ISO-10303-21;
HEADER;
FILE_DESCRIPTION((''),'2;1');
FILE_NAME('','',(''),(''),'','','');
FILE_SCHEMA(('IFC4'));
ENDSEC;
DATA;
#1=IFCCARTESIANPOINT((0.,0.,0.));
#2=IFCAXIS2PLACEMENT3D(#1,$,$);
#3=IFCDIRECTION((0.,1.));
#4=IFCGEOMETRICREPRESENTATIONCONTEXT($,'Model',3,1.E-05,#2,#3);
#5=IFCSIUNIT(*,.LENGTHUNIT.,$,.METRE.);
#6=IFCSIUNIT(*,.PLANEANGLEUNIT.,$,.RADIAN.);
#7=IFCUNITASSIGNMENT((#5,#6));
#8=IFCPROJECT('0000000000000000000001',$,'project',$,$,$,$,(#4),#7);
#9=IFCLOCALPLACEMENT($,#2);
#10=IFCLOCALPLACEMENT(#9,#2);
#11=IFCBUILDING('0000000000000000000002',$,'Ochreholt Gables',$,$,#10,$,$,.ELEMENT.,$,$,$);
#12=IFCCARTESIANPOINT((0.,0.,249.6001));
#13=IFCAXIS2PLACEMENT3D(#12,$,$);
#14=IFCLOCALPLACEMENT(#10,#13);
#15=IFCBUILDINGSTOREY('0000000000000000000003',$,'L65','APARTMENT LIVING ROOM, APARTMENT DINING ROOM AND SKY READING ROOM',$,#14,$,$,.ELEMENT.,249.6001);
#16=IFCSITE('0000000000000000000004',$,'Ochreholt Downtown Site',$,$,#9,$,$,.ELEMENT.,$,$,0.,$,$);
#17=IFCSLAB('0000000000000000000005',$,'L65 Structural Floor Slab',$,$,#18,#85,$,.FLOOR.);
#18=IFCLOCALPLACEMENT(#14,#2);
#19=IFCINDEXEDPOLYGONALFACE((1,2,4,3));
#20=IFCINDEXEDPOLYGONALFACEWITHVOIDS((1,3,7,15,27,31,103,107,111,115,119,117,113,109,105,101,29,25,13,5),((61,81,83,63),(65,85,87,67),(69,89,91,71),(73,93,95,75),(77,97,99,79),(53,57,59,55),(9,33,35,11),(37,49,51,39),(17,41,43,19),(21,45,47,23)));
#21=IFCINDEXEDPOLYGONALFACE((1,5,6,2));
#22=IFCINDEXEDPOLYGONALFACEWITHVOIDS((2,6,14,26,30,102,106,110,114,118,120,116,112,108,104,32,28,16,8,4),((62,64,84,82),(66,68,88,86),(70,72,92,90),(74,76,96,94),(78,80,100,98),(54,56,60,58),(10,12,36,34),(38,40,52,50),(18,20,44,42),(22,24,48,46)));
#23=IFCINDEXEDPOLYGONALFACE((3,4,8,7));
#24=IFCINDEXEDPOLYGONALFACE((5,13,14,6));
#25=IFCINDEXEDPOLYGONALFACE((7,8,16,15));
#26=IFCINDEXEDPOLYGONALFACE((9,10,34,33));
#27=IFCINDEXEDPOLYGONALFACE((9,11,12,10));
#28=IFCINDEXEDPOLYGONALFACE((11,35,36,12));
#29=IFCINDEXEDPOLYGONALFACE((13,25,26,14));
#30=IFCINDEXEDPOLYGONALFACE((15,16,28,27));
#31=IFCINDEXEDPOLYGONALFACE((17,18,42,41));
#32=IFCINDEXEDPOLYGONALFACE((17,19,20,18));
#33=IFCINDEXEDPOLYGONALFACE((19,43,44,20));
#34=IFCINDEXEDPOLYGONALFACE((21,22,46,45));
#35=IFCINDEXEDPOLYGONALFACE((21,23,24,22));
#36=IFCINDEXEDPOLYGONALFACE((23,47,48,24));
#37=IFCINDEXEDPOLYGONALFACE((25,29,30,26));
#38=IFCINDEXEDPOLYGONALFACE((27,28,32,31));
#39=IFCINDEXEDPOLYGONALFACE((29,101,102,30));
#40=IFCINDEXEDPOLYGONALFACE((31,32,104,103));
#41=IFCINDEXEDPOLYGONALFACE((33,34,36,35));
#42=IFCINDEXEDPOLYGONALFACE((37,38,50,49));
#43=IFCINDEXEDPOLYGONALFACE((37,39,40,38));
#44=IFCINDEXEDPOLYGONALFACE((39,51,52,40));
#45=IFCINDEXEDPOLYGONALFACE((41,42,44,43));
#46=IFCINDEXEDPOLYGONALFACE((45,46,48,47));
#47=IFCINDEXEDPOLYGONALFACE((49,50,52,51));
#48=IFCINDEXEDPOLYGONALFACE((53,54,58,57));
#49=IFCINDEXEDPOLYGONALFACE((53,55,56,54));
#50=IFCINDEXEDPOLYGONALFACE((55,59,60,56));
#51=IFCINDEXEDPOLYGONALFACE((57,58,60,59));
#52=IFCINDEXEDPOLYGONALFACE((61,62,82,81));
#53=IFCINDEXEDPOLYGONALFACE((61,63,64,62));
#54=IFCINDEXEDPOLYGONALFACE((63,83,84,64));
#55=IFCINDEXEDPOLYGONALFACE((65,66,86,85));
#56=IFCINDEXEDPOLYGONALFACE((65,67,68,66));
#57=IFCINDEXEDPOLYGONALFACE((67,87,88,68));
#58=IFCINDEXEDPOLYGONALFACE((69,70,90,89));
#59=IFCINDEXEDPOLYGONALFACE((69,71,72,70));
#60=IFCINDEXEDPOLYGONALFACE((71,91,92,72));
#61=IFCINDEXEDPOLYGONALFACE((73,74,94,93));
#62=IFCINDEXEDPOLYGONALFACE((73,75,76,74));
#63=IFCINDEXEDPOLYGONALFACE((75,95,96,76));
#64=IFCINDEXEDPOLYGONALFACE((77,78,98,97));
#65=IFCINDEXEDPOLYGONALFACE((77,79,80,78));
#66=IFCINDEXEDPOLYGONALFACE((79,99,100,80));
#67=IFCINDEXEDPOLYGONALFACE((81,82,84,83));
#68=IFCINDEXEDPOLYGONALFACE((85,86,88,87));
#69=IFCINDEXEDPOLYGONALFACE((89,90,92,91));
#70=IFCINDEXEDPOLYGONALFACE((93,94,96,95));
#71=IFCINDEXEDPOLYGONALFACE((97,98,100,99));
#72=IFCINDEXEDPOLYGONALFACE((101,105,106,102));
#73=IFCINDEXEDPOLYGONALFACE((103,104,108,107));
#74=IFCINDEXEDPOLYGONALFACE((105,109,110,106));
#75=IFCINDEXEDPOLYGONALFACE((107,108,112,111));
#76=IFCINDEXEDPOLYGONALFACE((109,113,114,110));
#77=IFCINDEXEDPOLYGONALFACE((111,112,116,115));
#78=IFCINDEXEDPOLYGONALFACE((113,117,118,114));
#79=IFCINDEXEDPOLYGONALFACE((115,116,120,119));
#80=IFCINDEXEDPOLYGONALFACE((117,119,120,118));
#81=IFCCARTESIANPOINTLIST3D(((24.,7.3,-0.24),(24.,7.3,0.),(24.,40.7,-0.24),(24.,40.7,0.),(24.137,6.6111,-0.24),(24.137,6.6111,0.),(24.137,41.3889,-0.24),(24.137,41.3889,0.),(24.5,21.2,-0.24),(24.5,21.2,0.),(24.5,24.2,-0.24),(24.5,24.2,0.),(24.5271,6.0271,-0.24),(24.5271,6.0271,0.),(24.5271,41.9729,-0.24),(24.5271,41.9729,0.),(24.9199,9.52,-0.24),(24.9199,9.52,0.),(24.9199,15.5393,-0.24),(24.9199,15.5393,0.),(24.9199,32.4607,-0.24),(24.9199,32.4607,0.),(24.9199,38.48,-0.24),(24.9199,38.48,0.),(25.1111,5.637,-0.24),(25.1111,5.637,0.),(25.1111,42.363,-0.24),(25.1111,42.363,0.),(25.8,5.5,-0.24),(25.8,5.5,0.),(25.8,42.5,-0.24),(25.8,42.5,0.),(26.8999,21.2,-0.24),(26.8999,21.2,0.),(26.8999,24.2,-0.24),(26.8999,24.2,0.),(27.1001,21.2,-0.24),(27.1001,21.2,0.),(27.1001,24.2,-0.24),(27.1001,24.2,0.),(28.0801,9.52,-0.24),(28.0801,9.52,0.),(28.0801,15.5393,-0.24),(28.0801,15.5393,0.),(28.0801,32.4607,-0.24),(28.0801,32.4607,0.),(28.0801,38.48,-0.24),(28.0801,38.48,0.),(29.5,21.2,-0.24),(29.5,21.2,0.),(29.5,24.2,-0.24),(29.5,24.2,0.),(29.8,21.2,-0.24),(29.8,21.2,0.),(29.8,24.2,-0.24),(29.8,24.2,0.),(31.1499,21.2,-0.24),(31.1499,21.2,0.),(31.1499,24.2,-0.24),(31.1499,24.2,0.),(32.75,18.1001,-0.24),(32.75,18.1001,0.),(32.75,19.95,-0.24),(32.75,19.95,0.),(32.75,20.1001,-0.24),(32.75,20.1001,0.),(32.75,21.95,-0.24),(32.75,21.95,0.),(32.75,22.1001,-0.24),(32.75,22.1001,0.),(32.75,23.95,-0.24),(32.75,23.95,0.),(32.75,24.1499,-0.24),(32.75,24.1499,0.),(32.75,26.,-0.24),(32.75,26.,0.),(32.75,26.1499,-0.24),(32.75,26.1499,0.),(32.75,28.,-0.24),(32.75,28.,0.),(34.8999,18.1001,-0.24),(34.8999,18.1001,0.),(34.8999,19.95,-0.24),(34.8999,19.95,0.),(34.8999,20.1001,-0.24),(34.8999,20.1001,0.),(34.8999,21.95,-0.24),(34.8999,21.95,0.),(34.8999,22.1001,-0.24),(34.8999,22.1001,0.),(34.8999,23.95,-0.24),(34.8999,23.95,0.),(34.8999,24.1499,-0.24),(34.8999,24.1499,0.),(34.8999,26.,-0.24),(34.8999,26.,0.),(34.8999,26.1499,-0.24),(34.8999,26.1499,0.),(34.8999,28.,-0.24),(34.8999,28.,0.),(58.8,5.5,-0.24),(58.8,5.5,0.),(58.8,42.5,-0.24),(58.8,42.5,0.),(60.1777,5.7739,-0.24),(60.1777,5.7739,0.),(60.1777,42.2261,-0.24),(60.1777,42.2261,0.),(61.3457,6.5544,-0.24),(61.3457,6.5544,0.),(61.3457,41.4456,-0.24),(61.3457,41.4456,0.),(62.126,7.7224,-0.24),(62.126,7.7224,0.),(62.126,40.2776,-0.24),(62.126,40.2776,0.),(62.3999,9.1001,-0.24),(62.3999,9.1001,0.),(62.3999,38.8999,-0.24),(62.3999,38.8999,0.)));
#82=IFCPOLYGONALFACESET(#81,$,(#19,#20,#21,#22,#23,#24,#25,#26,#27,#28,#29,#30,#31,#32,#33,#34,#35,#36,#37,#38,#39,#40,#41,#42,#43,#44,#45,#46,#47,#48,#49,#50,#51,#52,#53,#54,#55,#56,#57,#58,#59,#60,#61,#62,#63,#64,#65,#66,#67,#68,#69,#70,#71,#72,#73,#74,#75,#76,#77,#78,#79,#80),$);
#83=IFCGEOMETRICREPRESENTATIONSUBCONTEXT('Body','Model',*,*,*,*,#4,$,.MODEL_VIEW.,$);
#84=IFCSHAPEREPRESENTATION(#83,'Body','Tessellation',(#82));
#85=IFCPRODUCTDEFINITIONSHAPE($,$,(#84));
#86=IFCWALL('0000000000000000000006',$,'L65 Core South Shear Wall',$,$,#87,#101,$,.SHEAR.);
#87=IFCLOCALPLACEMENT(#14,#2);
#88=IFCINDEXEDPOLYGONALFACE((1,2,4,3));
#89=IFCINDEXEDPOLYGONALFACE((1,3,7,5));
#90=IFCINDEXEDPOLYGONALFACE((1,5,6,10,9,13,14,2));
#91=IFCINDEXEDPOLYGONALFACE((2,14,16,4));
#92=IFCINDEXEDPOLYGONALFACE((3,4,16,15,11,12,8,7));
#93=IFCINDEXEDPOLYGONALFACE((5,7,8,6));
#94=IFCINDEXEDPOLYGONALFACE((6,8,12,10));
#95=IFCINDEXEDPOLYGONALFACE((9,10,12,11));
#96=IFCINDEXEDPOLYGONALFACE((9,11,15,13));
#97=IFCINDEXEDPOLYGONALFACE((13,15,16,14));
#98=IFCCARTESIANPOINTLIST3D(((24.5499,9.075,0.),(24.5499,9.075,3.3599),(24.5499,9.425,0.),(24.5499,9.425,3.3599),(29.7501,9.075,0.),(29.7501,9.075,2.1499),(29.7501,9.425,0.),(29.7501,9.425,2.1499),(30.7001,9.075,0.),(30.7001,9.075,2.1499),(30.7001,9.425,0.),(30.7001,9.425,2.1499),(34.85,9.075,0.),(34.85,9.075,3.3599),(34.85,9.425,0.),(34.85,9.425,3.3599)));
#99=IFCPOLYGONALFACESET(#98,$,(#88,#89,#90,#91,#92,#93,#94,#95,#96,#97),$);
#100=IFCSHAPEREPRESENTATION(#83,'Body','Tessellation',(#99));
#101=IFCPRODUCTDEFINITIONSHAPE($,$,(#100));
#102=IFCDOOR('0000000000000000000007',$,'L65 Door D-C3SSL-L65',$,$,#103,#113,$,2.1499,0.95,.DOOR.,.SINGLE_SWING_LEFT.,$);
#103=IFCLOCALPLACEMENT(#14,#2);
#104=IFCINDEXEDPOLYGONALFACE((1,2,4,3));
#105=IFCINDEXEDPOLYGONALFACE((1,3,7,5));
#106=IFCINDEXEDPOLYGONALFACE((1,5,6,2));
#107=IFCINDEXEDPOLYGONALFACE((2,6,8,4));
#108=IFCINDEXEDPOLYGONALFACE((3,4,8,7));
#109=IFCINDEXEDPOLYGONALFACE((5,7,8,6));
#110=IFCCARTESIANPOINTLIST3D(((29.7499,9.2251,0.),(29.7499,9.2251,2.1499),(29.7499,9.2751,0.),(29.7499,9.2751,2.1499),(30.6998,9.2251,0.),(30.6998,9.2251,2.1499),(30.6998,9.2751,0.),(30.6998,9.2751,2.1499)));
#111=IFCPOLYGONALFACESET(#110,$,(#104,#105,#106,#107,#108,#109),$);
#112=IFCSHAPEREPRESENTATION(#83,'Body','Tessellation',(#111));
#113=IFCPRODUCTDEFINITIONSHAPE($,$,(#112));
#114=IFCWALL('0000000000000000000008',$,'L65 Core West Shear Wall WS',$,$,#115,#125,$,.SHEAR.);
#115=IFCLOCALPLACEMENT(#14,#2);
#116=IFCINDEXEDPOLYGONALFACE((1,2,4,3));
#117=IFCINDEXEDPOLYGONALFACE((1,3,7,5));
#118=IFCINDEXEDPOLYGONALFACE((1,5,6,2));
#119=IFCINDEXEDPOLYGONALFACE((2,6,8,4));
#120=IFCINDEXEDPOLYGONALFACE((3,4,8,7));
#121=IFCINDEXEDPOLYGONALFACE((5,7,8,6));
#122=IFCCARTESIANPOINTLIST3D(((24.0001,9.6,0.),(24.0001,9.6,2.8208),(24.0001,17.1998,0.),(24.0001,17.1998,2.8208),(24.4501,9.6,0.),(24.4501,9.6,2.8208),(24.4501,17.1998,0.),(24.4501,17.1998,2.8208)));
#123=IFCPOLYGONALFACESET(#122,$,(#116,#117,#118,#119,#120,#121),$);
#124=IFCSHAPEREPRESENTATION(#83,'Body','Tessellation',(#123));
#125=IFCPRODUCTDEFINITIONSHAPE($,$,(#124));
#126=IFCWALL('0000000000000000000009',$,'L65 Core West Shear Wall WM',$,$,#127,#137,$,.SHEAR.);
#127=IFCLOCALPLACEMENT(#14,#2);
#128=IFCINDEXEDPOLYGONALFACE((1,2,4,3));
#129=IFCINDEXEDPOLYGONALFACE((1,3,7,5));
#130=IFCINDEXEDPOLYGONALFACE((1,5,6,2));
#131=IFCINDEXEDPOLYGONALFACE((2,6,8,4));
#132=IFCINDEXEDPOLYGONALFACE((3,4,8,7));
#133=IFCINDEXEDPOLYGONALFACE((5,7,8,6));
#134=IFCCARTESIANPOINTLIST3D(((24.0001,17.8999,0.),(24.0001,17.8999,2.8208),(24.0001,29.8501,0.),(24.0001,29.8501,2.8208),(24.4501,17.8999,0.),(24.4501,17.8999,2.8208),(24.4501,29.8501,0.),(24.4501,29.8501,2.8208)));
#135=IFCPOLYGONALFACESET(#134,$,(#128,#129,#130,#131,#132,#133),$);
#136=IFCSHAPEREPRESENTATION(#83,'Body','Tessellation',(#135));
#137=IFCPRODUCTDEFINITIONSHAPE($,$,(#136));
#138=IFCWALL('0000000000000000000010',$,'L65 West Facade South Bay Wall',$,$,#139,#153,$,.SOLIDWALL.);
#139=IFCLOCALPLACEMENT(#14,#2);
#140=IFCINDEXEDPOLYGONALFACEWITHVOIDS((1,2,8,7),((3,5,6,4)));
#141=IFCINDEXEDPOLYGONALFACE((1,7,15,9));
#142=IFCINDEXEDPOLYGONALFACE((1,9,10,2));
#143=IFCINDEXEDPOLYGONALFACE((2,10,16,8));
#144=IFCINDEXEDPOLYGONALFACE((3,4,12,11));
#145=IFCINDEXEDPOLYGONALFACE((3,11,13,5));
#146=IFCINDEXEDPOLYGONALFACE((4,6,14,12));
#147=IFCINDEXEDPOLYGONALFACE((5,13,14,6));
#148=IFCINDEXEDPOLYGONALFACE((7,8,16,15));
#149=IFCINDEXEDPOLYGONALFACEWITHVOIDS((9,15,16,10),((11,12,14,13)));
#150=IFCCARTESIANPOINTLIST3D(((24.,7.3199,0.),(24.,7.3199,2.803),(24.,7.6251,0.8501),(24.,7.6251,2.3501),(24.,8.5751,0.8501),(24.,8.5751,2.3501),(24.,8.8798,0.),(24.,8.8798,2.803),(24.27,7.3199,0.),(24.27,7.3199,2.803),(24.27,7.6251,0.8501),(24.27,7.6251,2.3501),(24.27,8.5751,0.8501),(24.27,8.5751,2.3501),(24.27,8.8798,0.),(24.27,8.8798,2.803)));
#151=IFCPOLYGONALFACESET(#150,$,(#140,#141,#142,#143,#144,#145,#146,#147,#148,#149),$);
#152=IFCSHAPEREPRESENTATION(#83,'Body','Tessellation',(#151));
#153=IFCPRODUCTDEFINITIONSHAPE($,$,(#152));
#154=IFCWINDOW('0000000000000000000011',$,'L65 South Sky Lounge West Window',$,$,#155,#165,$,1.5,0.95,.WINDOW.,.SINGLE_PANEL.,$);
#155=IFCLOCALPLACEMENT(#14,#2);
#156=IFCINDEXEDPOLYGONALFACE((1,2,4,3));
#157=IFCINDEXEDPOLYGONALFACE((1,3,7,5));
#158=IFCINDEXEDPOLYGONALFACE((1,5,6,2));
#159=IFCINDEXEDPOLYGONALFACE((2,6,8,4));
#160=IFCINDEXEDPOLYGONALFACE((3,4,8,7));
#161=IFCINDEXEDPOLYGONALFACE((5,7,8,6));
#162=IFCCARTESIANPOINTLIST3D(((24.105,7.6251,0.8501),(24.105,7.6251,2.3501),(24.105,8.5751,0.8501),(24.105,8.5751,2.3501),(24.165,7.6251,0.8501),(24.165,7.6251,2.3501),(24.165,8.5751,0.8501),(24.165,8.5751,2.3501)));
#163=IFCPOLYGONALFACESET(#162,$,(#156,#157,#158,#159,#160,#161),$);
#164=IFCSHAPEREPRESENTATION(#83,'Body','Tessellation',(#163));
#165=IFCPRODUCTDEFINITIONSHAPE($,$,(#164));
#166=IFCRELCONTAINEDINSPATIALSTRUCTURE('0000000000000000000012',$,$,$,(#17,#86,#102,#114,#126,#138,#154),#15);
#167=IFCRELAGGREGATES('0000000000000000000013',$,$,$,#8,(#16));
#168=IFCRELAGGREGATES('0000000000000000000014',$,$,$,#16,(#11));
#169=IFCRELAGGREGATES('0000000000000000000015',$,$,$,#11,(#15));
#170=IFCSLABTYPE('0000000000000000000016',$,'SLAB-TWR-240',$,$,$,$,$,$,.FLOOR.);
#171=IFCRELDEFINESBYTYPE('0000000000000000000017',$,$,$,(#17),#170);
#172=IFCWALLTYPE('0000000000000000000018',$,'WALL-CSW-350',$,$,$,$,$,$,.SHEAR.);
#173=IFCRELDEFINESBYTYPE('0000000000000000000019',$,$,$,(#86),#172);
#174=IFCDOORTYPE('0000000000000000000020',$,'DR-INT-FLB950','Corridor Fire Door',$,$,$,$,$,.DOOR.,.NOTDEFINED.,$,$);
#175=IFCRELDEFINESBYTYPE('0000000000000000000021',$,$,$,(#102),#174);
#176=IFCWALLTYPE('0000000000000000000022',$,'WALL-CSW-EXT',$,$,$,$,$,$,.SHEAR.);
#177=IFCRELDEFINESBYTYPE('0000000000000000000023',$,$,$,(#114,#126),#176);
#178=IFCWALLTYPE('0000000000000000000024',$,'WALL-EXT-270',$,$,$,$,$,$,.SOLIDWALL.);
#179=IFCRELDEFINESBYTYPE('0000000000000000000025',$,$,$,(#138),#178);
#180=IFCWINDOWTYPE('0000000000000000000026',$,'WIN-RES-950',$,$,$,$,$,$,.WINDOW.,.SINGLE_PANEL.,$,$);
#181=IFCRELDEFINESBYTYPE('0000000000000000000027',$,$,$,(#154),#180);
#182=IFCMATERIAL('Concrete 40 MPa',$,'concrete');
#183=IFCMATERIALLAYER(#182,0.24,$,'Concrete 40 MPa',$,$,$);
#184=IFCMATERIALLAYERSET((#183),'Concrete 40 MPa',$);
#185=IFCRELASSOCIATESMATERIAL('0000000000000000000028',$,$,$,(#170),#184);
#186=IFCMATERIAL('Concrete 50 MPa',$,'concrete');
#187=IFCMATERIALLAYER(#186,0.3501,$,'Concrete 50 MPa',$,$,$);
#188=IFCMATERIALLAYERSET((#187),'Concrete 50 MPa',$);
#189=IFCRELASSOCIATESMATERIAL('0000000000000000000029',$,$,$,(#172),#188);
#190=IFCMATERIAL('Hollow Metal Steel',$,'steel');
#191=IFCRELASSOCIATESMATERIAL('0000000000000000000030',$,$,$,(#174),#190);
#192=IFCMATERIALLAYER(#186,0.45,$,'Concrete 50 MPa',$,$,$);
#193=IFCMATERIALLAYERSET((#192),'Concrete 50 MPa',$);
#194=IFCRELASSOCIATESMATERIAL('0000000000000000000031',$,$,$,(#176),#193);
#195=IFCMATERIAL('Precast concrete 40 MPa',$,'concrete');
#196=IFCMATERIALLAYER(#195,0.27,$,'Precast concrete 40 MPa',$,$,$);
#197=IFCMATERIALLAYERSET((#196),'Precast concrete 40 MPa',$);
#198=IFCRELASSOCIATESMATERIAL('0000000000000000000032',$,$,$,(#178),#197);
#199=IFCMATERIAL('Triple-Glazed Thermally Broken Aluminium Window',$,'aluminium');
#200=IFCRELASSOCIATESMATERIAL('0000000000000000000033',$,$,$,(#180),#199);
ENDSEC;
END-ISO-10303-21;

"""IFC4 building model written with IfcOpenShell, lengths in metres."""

from ifc_helpers import new_model, si_unit, direction, frame, frame_2d, origin, place, context, subcontext, project, spatial, polyline, rectangle, outline, extrude, material, layer, layer_set, type_object, element, fill, save


model = new_model("IFC4")

# Units and contexts
model_context = context("Model", 3, precision=1e-05, world=origin(), true_north=direction((0.0, 1.0)))
body_context = subcontext(model_context, "Body", "Model", "MODEL_VIEW")
ifc_project = project(units=[si_unit("LENGTHUNIT", "METRE"), si_unit("PLANEANGLEUNIT", "RADIAN")], contexts=[model_context])

# Site, building, storey
site_placement = place(None, origin())
site = spatial("IfcSite", under=ifc_project, at=site_placement, Name="Ochreholt Downtown Site", CompositionType="ELEMENT", RefElevation=0.0)
building_placement = place(site_placement, origin())
building = spatial("IfcBuilding", under=site, at=building_placement, Name="Ochreholt Gables", CompositionType="ELEMENT")
storey_placement = place(building_placement, frame((0.0, 0.0, 249.6001)))
storey = spatial("IfcBuildingStorey", under=building, at=storey_placement, Name="L65", Description="APARTMENT LIVING ROOM, APARTMENT DINING ROOM AND SKY READING ROOM", CompositionType="ELEMENT", Elevation=249.6001)

# Shared definitions
ifc_material_1 = material(Name="Concrete 50 MPa", Category="concrete")

# Shared definitions
ifc_material_2 = material(Name="Concrete 40 MPa", Category="concrete")

# Slab
ifc_layer_1 = layer(ifc_material_2, 0.24, Name="Concrete 40 MPa")
ifc_layer_set_1 = layer_set([ifc_layer_1], Name="Concrete 40 MPa")
slab_type_1 = type_object("IfcSlabType", Name="SLAB-TWR-240", PredefinedType="FLOOR", material=ifc_layer_set_1)
slab_1_placement = place(storey_placement, frame((0.0, 0.0, -0.24)))
element("IfcSlab", 1, at=slab_1_placement, inside=storey, type_object=slab_type_1, Name="L65 Structural Floor Slab", PredefinedType="FLOOR", context=body_context, shape_type="SweptSolid", body=[
    extrude(outline(polyline([(24.0, 7.3), (24.137, 6.6111), (24.5271, 6.0271), (25.1111, 5.637), (25.8, 5.5), (58.8, 5.5), (60.1777, 5.7739), (61.3457, 6.5544), (62.126, 7.7224), (62.3999, 9.1001), (62.3999, 38.8999), (62.126, 40.2776), (61.3457, 41.4456), (60.1777, 42.2261), (58.8, 42.5), (25.8, 42.5), (25.1111, 42.363), (24.5271, 41.9729), (24.137, 41.3889), (24.0, 40.7), (24.0, 7.3)]), holes=[polyline([(24.9199, 15.5393), (24.9199, 9.52), (28.0801, 9.52), (28.0801, 15.5393), (24.9199, 15.5393)]), polyline([(28.0801, 32.4607), (28.0801, 38.48), (24.9199, 38.48), (24.9199, 32.4607), (28.0801, 32.4607)]), polyline([(24.5, 21.2), (26.8999, 21.2), (26.8999, 24.2), (24.5, 24.2), (24.5, 21.2)]), polyline([(27.1001, 21.2), (29.5, 21.2), (29.5, 24.2), (27.1001, 24.2), (27.1001, 21.2)]), polyline([(32.75, 18.1001), (34.8999, 18.1001), (34.8999, 19.95), (32.75, 19.95), (32.75, 18.1001)]), polyline([(32.75, 20.1001), (34.8999, 20.1001), (34.8999, 21.95), (32.75, 21.95), (32.75, 20.1001)]), polyline([(32.75, 22.1001), (34.8999, 22.1001), (34.8999, 23.95), (32.75, 23.95), (32.75, 22.1001)]), polyline([(32.75, 24.1499), (34.8999, 24.1499), (34.8999, 26.0), (32.75, 26.0), (32.75, 24.1499)]), polyline([(32.75, 26.1499), (34.8999, 26.1499), (34.8999, 28.0), (32.75, 28.0), (32.75, 26.1499)]), polyline([(29.8, 21.2), (31.1499, 21.2), (31.1499, 24.2), (29.8, 24.2), (29.8, 21.2)])]), origin(), (0.0, 0.0, 1.0), 0.24),
])

# Wall, opening, door
ifc_layer_2 = layer(ifc_material_1, 0.3501, Name="Concrete 50 MPa")
ifc_layer_set_2 = layer_set([ifc_layer_2], Name="Concrete 50 MPa")
wall_type_1 = type_object("IfcWallType", Name="WALL-CSW-350", PredefinedType="SHEAR", material=ifc_layer_set_2)
wall_1_placement = place(storey_placement, frame((24.55, 9.25, 0.0), z_axis=(0.0, 0.0, 1.0), x_axis=(1.0, 0.0, 0.0)))
wall_1 = element("IfcWall", 2, at=wall_1_placement, inside=storey, type_object=wall_type_1, Name="L65 Core South Shear Wall", PredefinedType="SHEAR", context=body_context, shape_type="SweptSolid", body=[
    extrude(rectangle(XDim=10.3, YDim=0.3501, at=frame_2d((5.1499, 0.0))), origin(), (0.0, 0.0, 1.0), 3.3599),
])
opening_1_placement = place(wall_1_placement, frame((5.2, 0.0, 0.0)))
opening_1 = element("IfcOpeningElement", 3, at=opening_1_placement, cuts=wall_1, PredefinedType="OPENING", context=body_context, shape_type="SweptSolid", body=[
    extrude(rectangle(XDim=0.95, YDim=2.1499, at=frame_2d((0.4751, 1.075))), frame((0.0, 0.1851, 0.0), z_axis=(0.0, -1.0, 0.0), x_axis=(1.0, 0.0, 0.0)), (0.0, 0.0, 1.0), 0.3701),
])
ifc_material_3 = material(Name="Hollow Metal Steel", Category="steel")
door_type_1 = type_object("IfcDoorType", Name="DR-INT-FLB950", Description="Corridor Fire Door", OperationType="NOTDEFINED", PredefinedType="DOOR", material=ifc_material_3)
door_1_placement = place(opening_1_placement, frame((0.95, 0.0, 0.0), z_axis=(0.0, 0.0, 1.0), x_axis=(-1.0, 0.0, 0.0)))
door_1 = element("IfcDoor", 4, at=door_1_placement, inside=storey, type_object=door_type_1, Name="L65 Door D-C3SSL-L65", OperationType="SINGLE_SWING_LEFT", OverallHeight=2.1499, OverallWidth=0.95, PredefinedType="DOOR", context=body_context, shape_type="SweptSolid", body=[
    extrude(rectangle(XDim=0.95, YDim=2.1499, at=frame_2d((0.4751, 1.075))), frame((0.0, 0.0249, 0.0), z_axis=(0.0, -1.0, 0.0), x_axis=(1.0, 0.0, 0.0)), (0.0, 0.0, 1.0), 0.05),
])
fill(opening_1, door_1)

# Walls
ifc_layer_3 = layer(ifc_material_1, 0.45, Name="Concrete 50 MPa")
ifc_layer_set_3 = layer_set([ifc_layer_3], Name="Concrete 50 MPa")
wall_type_2 = type_object("IfcWallType", Name="WALL-CSW-EXT", PredefinedType="SHEAR", material=ifc_layer_set_3)
wall_2_placement = place(storey_placement, frame((24.2251, 9.6001, 0.0), z_axis=(0.0, 0.0, 1.0), x_axis=(0.0, 1.0, 0.0)))
element("IfcWall", 5, at=wall_2_placement, inside=storey, type_object=wall_type_2, Name="L65 Core West Shear Wall WS", PredefinedType="SHEAR", context=body_context, shape_type="SweptSolid", body=[
    extrude(rectangle(XDim=7.5999, YDim=0.45, at=frame_2d((3.7998, 0.0))), origin(), (0.0, 0.0, 1.0), 2.8208),
])
wall_3_placement = place(storey_placement, frame((24.2251, 17.8999, 0.0), z_axis=(0.0, 0.0, 1.0), x_axis=(0.0, 1.0, 0.0)))
element("IfcWall", 6, at=wall_3_placement, inside=storey, type_object=wall_type_2, Name="L65 Core West Shear Wall WM", PredefinedType="SHEAR", context=body_context, shape_type="SweptSolid", body=[
    extrude(rectangle(XDim=11.9502, YDim=0.45, at=frame_2d((5.9751, 0.0))), origin(), (0.0, 0.0, 1.0), 2.8208),
])

# Wall, opening, window
ifc_material_4 = material(Name="Precast concrete 40 MPa", Category="concrete")
ifc_layer_4 = layer(ifc_material_4, 0.27, Name="Precast concrete 40 MPa")
ifc_layer_set_4 = layer_set([ifc_layer_4], Name="Precast concrete 40 MPa")
wall_type_3 = type_object("IfcWallType", Name="WALL-EXT-270", PredefinedType="SOLIDWALL", material=ifc_layer_set_4)
wall_4_placement = place(storey_placement, frame((24.135, 7.3201, 0.0), z_axis=(0.0, 0.0, 1.0), x_axis=(0.0, 1.0, 0.0)))
wall_4 = element("IfcWall", 7, at=wall_4_placement, inside=storey, type_object=wall_type_3, Name="L65 West Facade South Bay Wall", PredefinedType="SOLIDWALL", context=body_context, shape_type="SweptSolid", body=[
    extrude(rectangle(XDim=1.5598, YDim=0.27, at=frame_2d((0.7798, 0.0))), origin(), (0.0, 0.0, 1.0), 2.803),
])
opening_2_placement = place(wall_4_placement, frame((0.3049, 0.0, 0.8501)))
opening_2 = element("IfcOpeningElement", 8, at=opening_2_placement, cuts=wall_4, PredefinedType="OPENING", context=body_context, shape_type="SweptSolid", body=[
    extrude(rectangle(XDim=0.95, YDim=1.5, at=frame_2d((0.4751, 0.75))), frame((0.0, 0.145, 0.0), z_axis=(0.0, -1.0, 0.0), x_axis=(1.0, 0.0, 0.0)), (0.0, 0.0, 1.0), 0.29),
])
ifc_material_5 = material(Name="Triple-Glazed Thermally Broken Aluminium Window", Category="aluminium")
window_type = type_object("IfcWindowType", Name="WIN-RES-950", PartitioningType="SINGLE_PANEL", PredefinedType="WINDOW", material=ifc_material_5)
window_placement = place(opening_2_placement, origin())
window = element("IfcWindow", 9, at=window_placement, inside=storey, type_object=window_type, Name="L65 South Sky Lounge West Window", OverallHeight=1.5, OverallWidth=0.95, PartitioningType="SINGLE_PANEL", PredefinedType="WINDOW", context=body_context, shape_type="SweptSolid", body=[
    extrude(rectangle(XDim=0.95, YDim=1.5, at=frame_2d((0.4751, 0.75))), frame((0.0, 0.03, 0.0), z_axis=(0.0, -1.0, 0.0), x_axis=(1.0, 0.0, 0.0)), (0.0, 0.0, 1.0), 0.0601),
])
fill(opening_2, window)

save(model, "model.ifc")
